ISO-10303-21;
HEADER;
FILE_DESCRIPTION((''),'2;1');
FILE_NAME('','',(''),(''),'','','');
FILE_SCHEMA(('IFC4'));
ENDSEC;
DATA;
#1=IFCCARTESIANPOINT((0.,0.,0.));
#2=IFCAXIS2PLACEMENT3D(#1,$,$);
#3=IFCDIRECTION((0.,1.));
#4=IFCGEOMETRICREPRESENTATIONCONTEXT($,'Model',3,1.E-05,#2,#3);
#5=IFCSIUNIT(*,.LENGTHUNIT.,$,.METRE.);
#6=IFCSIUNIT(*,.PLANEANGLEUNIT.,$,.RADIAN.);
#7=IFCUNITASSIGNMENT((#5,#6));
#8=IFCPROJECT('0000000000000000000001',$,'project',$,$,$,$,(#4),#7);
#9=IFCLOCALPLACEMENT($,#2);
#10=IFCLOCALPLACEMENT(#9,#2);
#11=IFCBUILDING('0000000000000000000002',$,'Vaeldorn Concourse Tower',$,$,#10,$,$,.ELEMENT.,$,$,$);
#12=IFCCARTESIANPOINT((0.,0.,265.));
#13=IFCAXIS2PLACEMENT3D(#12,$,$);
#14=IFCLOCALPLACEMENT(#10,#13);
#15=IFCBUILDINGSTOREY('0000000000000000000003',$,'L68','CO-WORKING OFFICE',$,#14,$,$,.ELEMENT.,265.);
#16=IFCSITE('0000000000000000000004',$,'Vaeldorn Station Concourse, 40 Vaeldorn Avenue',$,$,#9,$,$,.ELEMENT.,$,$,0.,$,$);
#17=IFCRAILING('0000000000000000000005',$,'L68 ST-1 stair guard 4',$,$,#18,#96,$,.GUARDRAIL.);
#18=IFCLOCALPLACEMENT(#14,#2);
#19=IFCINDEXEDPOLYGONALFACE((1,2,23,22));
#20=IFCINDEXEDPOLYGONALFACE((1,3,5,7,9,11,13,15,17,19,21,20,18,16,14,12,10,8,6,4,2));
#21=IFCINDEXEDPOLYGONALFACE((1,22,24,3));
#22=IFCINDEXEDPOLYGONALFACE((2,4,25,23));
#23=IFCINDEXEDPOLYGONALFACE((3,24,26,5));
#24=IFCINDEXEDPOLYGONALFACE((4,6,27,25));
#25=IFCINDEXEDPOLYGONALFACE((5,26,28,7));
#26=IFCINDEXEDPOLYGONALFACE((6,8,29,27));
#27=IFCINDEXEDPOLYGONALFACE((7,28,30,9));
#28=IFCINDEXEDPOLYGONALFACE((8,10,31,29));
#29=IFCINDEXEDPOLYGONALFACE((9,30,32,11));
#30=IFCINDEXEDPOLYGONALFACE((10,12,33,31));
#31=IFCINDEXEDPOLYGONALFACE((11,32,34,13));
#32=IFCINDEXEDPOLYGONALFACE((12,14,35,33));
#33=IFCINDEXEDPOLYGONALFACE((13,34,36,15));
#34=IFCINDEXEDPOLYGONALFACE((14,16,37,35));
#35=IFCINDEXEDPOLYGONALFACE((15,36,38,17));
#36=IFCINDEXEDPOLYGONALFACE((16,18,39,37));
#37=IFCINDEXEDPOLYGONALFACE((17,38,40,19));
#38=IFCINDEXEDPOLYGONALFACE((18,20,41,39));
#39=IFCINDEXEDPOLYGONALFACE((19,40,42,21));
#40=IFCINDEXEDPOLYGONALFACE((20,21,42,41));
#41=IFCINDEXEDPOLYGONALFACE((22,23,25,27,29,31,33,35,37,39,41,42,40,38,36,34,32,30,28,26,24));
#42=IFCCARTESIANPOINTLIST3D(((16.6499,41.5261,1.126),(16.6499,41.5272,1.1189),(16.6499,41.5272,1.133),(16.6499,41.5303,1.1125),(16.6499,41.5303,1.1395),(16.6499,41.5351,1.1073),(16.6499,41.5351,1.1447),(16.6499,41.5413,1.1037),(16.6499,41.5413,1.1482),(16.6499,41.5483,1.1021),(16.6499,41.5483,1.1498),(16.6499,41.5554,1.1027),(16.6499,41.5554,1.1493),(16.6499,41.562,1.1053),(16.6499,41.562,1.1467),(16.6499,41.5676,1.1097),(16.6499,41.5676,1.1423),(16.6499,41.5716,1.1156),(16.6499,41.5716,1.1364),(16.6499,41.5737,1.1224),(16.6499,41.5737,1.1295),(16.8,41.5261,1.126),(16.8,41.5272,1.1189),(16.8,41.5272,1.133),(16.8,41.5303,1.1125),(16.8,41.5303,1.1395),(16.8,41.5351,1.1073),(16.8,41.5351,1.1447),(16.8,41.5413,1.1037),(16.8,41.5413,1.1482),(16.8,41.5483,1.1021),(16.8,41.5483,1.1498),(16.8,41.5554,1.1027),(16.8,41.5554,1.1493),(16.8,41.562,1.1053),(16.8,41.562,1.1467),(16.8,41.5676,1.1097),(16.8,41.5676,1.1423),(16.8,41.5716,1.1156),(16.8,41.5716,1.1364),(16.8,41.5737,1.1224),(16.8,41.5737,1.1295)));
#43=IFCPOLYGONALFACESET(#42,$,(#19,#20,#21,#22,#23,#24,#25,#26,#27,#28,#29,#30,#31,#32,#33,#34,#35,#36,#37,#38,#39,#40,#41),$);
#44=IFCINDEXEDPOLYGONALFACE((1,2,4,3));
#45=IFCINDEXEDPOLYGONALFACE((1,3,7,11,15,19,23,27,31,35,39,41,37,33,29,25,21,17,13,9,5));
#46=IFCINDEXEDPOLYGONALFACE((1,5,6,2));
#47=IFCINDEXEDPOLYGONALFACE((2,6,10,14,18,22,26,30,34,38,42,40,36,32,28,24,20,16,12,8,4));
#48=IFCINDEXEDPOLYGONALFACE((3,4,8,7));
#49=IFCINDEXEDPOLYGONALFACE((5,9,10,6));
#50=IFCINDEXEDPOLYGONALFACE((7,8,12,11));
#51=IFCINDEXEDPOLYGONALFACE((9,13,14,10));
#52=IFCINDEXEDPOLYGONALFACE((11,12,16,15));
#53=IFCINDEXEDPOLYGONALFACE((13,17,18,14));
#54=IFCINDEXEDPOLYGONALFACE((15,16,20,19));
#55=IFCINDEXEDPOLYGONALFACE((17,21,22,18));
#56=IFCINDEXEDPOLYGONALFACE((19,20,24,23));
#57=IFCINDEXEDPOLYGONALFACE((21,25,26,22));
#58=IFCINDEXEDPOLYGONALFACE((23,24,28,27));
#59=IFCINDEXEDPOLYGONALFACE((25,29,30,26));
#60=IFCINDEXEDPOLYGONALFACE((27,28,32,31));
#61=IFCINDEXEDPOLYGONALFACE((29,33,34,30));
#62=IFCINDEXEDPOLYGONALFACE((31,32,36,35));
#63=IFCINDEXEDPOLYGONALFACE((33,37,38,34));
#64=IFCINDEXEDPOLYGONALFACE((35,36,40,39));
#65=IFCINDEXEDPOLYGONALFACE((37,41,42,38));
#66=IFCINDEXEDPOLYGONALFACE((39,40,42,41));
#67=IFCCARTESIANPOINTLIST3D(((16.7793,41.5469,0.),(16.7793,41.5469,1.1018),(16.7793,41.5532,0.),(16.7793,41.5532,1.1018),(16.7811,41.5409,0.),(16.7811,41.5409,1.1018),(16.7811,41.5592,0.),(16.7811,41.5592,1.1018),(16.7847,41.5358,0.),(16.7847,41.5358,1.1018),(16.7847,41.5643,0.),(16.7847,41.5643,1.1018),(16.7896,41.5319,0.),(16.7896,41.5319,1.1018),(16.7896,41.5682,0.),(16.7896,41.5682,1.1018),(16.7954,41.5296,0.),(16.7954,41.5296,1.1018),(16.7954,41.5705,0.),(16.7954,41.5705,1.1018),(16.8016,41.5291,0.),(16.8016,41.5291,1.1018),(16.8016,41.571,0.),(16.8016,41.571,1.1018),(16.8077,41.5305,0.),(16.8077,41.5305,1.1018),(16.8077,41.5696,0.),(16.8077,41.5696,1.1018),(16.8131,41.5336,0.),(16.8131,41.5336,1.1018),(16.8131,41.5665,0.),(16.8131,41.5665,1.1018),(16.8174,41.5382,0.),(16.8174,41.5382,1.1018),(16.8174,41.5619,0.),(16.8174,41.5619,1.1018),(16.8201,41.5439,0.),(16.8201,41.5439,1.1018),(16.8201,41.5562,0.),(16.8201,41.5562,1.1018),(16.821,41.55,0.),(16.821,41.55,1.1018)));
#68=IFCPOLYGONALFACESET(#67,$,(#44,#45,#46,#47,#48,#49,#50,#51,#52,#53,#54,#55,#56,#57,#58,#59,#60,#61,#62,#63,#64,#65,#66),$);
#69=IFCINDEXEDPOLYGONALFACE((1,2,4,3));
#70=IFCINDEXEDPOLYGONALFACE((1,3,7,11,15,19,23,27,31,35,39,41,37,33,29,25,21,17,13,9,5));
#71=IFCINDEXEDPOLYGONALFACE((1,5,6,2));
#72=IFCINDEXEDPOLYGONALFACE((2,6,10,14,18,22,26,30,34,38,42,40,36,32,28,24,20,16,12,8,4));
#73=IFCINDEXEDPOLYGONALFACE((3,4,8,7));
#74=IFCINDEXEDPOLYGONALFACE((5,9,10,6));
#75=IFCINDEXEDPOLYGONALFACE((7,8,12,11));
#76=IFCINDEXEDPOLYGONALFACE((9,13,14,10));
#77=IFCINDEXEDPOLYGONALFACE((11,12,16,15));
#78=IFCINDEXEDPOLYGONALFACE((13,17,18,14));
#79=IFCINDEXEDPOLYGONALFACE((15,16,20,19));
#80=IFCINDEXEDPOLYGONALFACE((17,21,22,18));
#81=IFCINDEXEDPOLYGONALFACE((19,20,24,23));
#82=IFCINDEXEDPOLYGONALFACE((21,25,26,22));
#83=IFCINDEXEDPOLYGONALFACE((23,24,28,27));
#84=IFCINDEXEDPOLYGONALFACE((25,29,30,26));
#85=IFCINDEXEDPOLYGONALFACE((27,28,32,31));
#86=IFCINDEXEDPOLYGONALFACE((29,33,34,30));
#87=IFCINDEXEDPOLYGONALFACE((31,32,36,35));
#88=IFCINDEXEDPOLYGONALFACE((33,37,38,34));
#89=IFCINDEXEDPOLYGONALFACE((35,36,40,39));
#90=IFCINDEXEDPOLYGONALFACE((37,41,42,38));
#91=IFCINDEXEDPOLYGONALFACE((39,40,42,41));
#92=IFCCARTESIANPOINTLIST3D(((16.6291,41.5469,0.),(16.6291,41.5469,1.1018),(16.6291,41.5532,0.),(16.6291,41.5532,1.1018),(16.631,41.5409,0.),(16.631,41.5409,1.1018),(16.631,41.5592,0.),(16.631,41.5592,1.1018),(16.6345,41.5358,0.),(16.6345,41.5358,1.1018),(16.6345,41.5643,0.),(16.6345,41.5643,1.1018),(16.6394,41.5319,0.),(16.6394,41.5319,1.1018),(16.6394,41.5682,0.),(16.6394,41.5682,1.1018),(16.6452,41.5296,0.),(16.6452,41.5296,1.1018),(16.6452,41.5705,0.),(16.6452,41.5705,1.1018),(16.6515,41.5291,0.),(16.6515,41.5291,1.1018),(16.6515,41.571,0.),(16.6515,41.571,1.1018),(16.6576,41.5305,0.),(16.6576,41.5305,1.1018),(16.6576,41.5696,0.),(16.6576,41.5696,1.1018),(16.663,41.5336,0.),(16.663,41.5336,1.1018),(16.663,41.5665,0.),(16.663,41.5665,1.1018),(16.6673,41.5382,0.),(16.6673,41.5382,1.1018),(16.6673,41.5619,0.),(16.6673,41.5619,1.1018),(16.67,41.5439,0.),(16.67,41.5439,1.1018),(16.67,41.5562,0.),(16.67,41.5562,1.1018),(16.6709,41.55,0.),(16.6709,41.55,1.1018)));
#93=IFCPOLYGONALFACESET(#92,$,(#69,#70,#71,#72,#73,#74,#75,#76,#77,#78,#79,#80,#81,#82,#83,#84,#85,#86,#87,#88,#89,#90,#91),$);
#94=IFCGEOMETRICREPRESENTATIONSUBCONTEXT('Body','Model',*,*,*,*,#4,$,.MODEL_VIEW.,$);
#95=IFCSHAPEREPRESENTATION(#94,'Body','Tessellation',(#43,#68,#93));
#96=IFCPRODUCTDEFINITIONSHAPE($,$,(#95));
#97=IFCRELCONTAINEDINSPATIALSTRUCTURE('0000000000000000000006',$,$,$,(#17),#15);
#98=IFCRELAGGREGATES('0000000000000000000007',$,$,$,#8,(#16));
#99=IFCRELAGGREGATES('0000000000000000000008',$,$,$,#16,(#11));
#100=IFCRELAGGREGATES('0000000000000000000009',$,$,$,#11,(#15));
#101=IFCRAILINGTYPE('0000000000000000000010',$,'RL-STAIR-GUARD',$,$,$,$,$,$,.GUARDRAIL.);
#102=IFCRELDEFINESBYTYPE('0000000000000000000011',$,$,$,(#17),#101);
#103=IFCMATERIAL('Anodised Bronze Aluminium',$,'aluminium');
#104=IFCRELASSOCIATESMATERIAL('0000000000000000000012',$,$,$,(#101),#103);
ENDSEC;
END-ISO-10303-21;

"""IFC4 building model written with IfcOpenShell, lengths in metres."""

from ifc_helpers import new_model, si_unit, direction, frame, origin, origin_2d, place, context, subcontext, project, spatial, circle, extrude, material, type_object, element, save


model = new_model("IFC4")

# Units and contexts
model_context = context("Model", 3, precision=1e-05, world=origin(), true_north=direction((0.0, 1.0)))
body_context = subcontext(model_context, "Body", "Model", "MODEL_VIEW")
ifc_project = project(units=[si_unit("LENGTHUNIT", "METRE"), si_unit("PLANEANGLEUNIT", "RADIAN")], contexts=[model_context])

# Site, building, storey
site_placement = place(None, origin())
site = spatial("IfcSite", under=ifc_project, at=site_placement, Name="Vaeldorn Station Concourse, 40 Vaeldorn Avenue", CompositionType="ELEMENT", RefElevation=0.0)
building_placement = place(site_placement, origin())
building = spatial("IfcBuilding", under=site, at=building_placement, Name="Vaeldorn Concourse Tower", CompositionType="ELEMENT")
storey_placement = place(building_placement, frame((0.0, 0.0, 265.0)))
storey = spatial("IfcBuildingStorey", under=building, at=storey_placement, Name="L68", Description="CO-WORKING OFFICE", CompositionType="ELEMENT", Elevation=265.0)

# Shared definitions
ifc_material_1 = material(Name="Anodised Bronze Aluminium", Category="aluminium")

# Railing
railing_type_1 = type_object("IfcRailingType", Name="RL-STAIR-GUARD", PredefinedType="GUARDRAIL", material=ifc_material_1)
railing_1_placement = place(storey_placement, frame((16.8, 41.55, 0.0)))
element("IfcRailing", 1, at=railing_1_placement, inside=storey, type_object=railing_type_1, Name="L68 ST-1 stair guard 4", PredefinedType="GUARDRAIL", context=body_context, shape_type="SweptSolid", body=[
    extrude(circle(Radius=0.0239, at=origin_2d()), frame((0.0, 0.0, 1.126), z_axis=(-1.0, 0.0, 0.0), x_axis=(0.0, -1.0, 0.0)), (0.0, 0.0, 1.0), 0.1501),
    extrude(circle(Radius=0.021, at=origin_2d()), origin(), (0.0, 0.0, 1.0), 1.1018),
    extrude(circle(Radius=0.021, at=origin_2d()), frame((-0.1501, 0.0, 0.0)), (0.0, 0.0, 1.0), 1.1018),
])

save(model, "model.ifc")
